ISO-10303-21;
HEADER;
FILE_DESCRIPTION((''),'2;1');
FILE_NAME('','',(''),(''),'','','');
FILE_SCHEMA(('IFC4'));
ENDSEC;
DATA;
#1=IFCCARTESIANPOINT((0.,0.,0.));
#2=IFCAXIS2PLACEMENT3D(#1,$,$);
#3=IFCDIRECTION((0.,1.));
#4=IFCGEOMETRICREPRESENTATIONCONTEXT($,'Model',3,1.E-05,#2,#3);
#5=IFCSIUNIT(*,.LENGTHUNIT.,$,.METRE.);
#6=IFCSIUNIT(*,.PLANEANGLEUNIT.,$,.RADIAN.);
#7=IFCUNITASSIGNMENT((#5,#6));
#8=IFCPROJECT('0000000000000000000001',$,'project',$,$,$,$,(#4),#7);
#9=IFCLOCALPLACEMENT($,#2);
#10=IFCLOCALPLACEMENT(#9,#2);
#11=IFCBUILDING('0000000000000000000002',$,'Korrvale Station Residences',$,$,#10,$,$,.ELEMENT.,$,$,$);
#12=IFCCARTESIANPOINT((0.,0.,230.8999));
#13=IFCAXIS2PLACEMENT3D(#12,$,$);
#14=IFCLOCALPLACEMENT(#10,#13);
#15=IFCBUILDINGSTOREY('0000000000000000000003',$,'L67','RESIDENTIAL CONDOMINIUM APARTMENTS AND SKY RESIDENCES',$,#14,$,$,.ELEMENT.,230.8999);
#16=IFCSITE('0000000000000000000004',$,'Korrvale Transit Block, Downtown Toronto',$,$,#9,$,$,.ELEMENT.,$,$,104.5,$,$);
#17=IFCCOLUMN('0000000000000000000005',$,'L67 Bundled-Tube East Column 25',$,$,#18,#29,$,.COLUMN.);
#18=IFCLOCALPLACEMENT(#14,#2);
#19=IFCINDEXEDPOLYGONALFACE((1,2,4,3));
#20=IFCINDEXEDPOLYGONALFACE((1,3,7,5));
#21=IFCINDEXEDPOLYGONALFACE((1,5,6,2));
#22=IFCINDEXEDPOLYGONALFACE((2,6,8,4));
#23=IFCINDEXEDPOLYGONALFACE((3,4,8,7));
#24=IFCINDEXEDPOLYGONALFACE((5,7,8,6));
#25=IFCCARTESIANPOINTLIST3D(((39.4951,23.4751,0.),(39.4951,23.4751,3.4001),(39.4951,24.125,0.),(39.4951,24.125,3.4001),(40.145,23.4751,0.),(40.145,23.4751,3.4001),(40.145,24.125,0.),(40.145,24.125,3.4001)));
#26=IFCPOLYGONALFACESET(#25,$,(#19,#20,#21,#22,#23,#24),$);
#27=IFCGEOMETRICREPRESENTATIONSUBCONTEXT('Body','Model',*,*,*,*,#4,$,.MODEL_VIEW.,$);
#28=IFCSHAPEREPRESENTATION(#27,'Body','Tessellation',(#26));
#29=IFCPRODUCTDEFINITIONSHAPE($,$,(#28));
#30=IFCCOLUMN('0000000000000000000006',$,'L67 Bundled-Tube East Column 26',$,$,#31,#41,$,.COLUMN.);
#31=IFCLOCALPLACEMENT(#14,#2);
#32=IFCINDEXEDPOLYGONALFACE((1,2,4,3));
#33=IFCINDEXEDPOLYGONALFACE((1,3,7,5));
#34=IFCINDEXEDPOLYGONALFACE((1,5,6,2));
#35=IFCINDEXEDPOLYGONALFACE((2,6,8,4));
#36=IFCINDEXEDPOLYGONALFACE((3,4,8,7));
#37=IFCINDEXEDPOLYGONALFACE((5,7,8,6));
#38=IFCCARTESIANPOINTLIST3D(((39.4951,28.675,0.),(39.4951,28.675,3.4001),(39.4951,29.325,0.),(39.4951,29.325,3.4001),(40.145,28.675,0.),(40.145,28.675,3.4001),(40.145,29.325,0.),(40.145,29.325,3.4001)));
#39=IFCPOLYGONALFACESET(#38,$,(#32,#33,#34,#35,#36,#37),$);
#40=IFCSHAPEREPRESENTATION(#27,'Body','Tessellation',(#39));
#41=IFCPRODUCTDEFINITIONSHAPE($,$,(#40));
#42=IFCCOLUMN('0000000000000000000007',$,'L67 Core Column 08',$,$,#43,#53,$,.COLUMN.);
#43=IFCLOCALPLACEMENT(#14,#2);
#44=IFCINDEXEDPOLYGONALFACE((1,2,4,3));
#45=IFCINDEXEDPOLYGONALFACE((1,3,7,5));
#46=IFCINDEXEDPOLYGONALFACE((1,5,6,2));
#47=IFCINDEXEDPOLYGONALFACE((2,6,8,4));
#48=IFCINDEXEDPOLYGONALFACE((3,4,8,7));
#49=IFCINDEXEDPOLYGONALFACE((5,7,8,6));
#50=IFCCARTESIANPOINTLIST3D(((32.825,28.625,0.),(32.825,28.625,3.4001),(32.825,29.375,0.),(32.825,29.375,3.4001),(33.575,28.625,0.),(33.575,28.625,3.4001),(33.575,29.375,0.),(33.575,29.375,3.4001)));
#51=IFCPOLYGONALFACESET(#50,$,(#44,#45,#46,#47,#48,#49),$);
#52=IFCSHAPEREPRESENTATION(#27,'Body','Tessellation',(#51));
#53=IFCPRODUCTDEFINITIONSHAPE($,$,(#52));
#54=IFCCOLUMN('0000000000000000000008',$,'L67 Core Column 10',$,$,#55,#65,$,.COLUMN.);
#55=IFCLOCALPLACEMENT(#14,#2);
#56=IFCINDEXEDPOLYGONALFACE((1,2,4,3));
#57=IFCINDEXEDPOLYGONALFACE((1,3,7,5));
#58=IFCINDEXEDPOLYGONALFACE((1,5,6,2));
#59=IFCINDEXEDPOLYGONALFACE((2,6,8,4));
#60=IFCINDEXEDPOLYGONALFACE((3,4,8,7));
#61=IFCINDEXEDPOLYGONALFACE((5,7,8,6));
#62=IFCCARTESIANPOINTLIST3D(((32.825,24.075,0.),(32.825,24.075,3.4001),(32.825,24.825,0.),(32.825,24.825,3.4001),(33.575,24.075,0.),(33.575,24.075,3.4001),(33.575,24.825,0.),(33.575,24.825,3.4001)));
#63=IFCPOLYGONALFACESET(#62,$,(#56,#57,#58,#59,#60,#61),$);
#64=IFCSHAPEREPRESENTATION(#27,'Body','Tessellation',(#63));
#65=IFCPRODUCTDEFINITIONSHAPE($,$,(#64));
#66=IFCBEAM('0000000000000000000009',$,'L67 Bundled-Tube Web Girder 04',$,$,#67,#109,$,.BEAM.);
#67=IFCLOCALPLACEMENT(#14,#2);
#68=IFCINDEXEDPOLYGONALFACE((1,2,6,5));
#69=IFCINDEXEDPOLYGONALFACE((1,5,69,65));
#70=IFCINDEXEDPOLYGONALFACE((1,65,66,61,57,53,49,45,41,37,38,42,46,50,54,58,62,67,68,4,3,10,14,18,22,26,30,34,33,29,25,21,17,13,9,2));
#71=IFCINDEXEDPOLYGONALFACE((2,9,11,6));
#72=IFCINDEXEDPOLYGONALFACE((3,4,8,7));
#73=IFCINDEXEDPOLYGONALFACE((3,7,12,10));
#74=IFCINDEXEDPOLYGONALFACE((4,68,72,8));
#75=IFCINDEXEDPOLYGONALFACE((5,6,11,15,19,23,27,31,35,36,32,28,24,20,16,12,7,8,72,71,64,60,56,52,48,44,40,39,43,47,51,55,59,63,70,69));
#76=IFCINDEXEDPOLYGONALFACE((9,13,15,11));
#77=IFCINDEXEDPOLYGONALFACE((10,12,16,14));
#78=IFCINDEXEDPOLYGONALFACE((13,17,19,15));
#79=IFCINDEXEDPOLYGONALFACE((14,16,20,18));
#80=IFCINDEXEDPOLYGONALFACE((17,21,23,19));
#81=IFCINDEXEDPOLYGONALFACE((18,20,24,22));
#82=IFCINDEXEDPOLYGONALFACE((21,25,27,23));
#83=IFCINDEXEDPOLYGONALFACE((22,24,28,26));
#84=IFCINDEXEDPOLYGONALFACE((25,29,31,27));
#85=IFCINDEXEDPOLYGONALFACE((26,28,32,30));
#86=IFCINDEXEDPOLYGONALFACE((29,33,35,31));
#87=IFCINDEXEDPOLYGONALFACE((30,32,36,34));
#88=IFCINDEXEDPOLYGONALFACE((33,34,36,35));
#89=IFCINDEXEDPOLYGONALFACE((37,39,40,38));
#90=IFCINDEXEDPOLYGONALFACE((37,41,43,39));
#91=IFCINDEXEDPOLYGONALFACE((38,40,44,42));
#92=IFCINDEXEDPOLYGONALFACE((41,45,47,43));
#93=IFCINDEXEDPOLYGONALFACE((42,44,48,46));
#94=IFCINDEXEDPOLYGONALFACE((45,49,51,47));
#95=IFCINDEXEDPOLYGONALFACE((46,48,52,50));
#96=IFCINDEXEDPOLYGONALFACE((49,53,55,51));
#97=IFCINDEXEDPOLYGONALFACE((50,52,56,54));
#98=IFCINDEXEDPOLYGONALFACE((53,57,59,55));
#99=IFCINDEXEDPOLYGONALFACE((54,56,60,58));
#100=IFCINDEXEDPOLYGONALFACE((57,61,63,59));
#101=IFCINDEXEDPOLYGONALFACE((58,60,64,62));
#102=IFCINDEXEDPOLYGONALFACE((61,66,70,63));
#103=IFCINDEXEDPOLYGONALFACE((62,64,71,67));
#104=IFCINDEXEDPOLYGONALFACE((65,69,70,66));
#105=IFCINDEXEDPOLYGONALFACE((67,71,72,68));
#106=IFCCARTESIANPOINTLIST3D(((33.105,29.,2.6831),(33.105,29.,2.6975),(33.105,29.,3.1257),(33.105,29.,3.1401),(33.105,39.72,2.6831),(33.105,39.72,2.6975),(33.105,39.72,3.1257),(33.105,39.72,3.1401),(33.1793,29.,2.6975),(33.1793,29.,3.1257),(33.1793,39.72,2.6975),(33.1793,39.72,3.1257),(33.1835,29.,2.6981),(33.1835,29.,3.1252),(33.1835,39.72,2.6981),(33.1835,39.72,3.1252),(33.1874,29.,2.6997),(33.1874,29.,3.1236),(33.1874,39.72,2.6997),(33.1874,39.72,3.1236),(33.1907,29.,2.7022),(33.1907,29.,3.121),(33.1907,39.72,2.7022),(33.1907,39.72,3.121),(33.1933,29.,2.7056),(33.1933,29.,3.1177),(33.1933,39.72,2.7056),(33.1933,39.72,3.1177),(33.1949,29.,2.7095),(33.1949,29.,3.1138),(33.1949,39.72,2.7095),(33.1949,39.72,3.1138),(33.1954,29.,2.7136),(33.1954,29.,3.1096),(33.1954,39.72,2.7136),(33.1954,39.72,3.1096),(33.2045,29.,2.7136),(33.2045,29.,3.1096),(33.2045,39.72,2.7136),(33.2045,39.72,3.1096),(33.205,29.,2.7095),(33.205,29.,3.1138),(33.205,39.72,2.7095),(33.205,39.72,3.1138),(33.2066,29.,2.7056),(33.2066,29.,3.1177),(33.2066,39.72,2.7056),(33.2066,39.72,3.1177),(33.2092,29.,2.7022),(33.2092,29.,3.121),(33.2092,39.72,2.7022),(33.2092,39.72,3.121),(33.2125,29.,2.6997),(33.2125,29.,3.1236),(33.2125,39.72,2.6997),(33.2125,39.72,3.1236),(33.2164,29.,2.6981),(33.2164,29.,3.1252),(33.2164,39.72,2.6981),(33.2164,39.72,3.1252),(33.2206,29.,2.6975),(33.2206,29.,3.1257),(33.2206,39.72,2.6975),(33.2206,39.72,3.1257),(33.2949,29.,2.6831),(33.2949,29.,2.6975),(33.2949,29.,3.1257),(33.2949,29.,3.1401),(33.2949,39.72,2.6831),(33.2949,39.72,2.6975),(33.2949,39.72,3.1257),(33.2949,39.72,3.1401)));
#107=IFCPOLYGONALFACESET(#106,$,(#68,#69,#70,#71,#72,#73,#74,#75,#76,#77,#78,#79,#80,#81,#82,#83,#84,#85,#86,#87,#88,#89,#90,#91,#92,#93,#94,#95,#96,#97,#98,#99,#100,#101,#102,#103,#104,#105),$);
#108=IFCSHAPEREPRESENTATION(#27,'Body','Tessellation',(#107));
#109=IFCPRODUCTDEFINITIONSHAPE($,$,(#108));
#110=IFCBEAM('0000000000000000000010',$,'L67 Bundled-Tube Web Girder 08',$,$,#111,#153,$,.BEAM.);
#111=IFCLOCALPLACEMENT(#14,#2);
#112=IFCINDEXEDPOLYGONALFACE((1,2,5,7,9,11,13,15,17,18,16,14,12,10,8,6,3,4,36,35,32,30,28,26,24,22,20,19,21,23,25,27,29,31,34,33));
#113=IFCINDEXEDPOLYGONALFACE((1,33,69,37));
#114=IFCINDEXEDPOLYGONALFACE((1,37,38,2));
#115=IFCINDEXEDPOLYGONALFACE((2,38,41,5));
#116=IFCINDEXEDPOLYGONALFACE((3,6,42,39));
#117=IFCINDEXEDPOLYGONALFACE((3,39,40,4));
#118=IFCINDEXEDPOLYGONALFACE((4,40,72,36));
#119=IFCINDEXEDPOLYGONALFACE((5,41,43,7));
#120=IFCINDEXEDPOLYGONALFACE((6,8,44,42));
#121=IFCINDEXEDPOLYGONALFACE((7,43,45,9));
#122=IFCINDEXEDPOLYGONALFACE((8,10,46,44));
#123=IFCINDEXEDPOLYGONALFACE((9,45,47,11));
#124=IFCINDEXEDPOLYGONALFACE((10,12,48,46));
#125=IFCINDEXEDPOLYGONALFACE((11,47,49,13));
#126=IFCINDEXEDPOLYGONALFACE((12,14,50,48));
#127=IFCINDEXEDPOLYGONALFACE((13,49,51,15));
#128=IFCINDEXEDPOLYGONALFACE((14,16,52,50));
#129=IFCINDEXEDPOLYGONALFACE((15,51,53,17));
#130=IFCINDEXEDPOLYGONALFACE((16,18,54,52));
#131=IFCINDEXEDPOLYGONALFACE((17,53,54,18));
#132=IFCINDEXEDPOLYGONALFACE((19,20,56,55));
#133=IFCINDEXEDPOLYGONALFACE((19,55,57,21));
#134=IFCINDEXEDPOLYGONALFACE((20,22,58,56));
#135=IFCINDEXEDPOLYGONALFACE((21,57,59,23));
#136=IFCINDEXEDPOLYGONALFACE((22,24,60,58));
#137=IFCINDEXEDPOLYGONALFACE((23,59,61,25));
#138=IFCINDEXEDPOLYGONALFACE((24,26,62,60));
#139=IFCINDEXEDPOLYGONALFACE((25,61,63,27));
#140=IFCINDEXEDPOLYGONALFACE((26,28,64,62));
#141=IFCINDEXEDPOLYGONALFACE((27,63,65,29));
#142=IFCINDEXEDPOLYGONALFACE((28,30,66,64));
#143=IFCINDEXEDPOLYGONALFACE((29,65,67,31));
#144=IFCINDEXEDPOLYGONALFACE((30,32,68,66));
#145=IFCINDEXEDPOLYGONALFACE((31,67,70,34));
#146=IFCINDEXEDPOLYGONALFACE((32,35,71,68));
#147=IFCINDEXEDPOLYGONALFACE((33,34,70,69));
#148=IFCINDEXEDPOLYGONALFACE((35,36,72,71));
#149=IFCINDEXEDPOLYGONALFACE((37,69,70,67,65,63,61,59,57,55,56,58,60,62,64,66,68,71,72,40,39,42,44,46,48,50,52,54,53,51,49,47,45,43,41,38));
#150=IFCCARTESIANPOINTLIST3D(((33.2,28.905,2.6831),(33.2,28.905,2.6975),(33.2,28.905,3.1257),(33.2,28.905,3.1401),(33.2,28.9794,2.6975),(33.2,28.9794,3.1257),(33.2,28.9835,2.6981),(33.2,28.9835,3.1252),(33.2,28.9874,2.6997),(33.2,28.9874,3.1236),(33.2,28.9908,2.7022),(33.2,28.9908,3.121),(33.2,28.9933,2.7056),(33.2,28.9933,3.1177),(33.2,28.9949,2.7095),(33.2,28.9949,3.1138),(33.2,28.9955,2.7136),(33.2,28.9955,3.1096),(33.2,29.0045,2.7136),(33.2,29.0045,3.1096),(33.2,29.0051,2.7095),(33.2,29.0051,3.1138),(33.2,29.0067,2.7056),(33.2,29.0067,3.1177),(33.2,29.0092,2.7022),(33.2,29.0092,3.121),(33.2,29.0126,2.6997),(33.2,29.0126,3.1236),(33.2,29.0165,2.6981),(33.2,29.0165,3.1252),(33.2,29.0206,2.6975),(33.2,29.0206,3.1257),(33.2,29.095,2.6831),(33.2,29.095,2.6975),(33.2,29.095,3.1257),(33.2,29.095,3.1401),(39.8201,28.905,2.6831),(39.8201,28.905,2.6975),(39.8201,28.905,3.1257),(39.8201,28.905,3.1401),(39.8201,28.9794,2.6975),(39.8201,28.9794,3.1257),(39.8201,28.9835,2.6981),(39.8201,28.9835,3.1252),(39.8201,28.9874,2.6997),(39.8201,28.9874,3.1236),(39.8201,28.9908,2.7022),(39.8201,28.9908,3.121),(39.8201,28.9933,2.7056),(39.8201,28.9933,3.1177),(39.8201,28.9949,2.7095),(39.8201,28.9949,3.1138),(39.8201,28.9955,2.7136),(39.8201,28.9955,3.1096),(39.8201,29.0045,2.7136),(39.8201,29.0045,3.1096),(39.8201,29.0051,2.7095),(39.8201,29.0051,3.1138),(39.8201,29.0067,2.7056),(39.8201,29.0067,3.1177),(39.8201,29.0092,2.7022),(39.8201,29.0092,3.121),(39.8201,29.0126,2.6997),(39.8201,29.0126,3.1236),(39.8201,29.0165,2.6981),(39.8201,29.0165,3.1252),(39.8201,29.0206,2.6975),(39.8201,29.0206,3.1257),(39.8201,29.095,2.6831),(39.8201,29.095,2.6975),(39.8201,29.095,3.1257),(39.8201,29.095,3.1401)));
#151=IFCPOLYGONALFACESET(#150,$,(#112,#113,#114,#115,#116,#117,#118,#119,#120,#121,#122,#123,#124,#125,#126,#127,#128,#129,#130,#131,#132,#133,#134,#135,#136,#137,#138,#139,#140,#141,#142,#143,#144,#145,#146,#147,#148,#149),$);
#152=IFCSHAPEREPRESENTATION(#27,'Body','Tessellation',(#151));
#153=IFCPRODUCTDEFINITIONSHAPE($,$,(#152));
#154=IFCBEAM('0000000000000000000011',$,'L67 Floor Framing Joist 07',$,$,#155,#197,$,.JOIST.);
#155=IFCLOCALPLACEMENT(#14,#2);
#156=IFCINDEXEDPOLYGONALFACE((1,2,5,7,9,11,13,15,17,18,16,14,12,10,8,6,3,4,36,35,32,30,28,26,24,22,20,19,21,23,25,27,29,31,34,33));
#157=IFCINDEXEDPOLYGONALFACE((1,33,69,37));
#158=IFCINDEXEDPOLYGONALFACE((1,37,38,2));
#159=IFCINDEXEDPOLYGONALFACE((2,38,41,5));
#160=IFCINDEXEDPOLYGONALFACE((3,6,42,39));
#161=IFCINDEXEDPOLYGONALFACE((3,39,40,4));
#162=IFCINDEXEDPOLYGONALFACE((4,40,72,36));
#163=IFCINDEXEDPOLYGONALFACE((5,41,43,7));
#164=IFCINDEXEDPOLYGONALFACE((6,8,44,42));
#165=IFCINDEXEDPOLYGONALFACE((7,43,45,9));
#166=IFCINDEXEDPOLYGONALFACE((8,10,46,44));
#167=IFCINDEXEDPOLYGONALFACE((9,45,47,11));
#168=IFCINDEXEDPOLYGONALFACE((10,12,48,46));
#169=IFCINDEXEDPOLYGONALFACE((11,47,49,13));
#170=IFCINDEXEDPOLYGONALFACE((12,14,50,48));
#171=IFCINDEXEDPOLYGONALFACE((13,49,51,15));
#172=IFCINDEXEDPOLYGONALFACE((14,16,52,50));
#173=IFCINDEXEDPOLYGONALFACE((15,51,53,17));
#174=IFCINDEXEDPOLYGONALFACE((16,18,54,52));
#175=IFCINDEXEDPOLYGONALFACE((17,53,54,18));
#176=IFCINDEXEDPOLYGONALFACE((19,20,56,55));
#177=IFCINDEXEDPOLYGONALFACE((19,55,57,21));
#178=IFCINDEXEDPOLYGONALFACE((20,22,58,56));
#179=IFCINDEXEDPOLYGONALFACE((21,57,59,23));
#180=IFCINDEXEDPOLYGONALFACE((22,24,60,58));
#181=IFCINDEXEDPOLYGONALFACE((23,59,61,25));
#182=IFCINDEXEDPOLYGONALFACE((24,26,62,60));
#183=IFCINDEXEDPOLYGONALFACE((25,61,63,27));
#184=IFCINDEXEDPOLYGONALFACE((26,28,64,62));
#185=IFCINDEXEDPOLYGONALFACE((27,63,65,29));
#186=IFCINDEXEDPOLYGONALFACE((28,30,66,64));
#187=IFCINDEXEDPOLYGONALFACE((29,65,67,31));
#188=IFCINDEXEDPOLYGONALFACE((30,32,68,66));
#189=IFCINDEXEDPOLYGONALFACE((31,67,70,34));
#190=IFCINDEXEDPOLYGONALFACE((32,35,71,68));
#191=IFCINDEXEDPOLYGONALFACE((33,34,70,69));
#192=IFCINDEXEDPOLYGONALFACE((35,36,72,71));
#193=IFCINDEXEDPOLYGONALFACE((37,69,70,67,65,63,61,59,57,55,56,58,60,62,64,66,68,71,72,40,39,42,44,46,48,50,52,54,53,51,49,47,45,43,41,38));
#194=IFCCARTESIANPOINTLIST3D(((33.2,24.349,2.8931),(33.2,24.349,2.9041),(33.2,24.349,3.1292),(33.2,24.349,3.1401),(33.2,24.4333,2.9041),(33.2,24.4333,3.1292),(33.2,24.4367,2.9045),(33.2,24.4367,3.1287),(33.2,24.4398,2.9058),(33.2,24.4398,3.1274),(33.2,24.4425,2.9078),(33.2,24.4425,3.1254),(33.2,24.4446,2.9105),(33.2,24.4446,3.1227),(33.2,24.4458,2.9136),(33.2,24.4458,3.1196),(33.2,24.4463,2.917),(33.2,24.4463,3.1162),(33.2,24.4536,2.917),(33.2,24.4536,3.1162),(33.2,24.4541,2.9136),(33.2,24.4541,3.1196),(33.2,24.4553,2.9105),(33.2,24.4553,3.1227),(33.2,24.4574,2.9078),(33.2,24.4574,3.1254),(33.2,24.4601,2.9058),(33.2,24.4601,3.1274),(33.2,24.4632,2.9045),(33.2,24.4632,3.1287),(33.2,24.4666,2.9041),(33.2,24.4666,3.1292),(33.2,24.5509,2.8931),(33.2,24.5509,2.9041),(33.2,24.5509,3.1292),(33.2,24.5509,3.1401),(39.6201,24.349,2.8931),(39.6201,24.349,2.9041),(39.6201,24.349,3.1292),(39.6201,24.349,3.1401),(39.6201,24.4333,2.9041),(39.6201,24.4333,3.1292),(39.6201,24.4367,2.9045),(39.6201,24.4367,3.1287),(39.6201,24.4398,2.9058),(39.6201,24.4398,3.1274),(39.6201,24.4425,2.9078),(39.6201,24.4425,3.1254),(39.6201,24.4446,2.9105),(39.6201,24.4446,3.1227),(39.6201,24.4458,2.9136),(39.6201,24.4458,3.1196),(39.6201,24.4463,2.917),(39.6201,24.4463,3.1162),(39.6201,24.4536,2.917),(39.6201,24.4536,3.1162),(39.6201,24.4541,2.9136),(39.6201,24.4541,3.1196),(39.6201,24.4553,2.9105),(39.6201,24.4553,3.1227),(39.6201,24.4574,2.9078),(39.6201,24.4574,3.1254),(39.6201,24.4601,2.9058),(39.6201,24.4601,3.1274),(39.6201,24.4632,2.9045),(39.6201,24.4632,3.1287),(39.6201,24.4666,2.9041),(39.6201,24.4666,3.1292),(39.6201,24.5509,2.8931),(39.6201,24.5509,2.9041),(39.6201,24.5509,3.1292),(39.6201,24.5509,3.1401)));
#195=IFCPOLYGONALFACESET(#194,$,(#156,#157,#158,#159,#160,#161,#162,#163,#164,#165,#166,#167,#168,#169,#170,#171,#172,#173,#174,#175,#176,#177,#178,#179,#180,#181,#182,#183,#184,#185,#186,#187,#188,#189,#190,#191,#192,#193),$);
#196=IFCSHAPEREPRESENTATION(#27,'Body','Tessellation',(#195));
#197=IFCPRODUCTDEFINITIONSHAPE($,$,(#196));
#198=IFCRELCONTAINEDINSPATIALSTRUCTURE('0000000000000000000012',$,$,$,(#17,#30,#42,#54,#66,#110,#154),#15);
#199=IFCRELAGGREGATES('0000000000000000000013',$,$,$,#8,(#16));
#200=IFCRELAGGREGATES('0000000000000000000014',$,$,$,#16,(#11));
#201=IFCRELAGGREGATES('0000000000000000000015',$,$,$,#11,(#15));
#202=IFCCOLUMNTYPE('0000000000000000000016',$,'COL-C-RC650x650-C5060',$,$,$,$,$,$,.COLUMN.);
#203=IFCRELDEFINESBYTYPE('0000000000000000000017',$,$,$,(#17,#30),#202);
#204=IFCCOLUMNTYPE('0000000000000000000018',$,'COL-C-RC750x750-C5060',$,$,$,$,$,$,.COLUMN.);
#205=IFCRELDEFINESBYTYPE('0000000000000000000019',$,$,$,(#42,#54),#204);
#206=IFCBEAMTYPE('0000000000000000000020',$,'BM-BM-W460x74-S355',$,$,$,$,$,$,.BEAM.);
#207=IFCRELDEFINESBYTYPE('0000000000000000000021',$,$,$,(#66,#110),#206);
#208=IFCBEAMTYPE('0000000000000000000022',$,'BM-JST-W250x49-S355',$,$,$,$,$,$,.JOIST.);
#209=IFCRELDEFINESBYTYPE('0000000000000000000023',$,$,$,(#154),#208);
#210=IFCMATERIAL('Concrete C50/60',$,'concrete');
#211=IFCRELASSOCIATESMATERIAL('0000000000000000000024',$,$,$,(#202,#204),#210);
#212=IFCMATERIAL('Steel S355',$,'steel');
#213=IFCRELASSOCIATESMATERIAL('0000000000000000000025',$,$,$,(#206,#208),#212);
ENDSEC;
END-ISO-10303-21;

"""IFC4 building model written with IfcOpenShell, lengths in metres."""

from ifc_helpers import new_model, si_unit, direction, frame, origin, origin_2d, place, context, subcontext, project, spatial, rectangle, i_section, extrude, material, material_profile, profile_set, type_object, element, save


model = new_model("IFC4")

# Units and contexts
model_context = context("Model", 3, precision=1e-05, world=origin(), true_north=direction((0.0, 1.0)))
body_context = subcontext(model_context, "Body", "Model", "MODEL_VIEW")
ifc_project = project(units=[si_unit("LENGTHUNIT", "METRE"), si_unit("PLANEANGLEUNIT", "RADIAN")], contexts=[model_context])

# Site, building, storey
site_placement = place(None, origin())
site = spatial("IfcSite", under=ifc_project, at=site_placement, Name="Korrvale Transit Block, Downtown Toronto", CompositionType="ELEMENT", RefElevation=104.5)
building_placement = place(site_placement, origin())
building = spatial("IfcBuilding", under=site, at=building_placement, Name="Korrvale Station Residences", CompositionType="ELEMENT")
storey_placement = place(building_placement, frame((0.0, 0.0, 230.8999)))
storey = spatial("IfcBuildingStorey", under=building, at=storey_placement, Name="L67", Description="RESIDENTIAL CONDOMINIUM APARTMENTS AND SKY RESIDENCES", CompositionType="ELEMENT", Elevation=230.8999)

# Columns
ifc_material_1 = material(Name="Concrete C50/60", Category="concrete")
ifc_material_profile_1 = material_profile(ifc_material_1, rectangle(XDim=0.6499, YDim=0.6499, at=origin_2d()), Name="RC650x650")
ifc_profile_set_1 = profile_set([ifc_material_profile_1], Name="Concrete C50/60")
column_type_1 = type_object("IfcColumnType", Name="COL-C-RC650x650-C5060", PredefinedType="COLUMN", material=ifc_profile_set_1)
for number, where, z_axis, x_axis, name in (
    (1, (39.8201, 23.8, 0.0), (0.0, 0.0, 1.0), (1.0, 0.0, 0.0), "L67 Bundled-Tube East Column 25"),
    (2, (39.8201, 29.0, 0.0), (0.0, 0.0, 1.0), (1.0, 0.0, 0.0), "L67 Bundled-Tube East Column 26"),
):
    element("IfcColumn", number, at=place(storey_placement, frame(where, z_axis=z_axis, x_axis=x_axis)), inside=storey, type_object=column_type_1, Name=name, PredefinedType="COLUMN", context=body_context, shape_type="SweptSolid", body=[
        extrude(rectangle(XDim=0.6499, YDim=0.6499, at=origin_2d()), origin(), (0.0, 0.0, 1.0), 3.4001),
    ])
ifc_material_profile_2 = material_profile(ifc_material_1, rectangle(XDim=0.75, YDim=0.75, at=origin_2d()), Name="RC750x750")
ifc_profile_set_2 = profile_set([ifc_material_profile_2], Name="Concrete C50/60")
column_type_2 = type_object("IfcColumnType", Name="COL-C-RC750x750-C5060", PredefinedType="COLUMN", material=ifc_profile_set_2)
for number, where, z_axis, x_axis, name in (
    (3, (33.2, 29.0, 0.0), (0.0, 0.0, 1.0), (1.0, 0.0, 0.0), "L67 Core Column 08"),
    (4, (33.2, 24.45, 0.0), (0.0, 0.0, 1.0), (1.0, 0.0, 0.0), "L67 Core Column 10"),
):
    element("IfcColumn", number, at=place(storey_placement, frame(where, z_axis=z_axis, x_axis=x_axis)), inside=storey, type_object=column_type_2, Name=name, PredefinedType="COLUMN", context=body_context, shape_type="SweptSolid", body=[
        extrude(rectangle(XDim=0.75, YDim=0.75, at=origin_2d()), origin(), (0.0, 0.0, 1.0), 3.4001),
    ])

# Beams
ifc_material_2 = material(Name="Steel S355", Category="steel")
ifc_material_profile_3 = material_profile(ifc_material_2, i_section(OverallWidth=0.1899, OverallDepth=0.457, WebThickness=0.009, FlangeThickness=0.0144, FilletRadius=0.0161, at=origin_2d()), Name="W460x74")
ifc_profile_set_3 = profile_set([ifc_material_profile_3], Name="Steel S355")
beam_type_1 = type_object("IfcBeamType", Name="BM-BM-W460x74-S355", PredefinedType="BEAM", material=ifc_profile_set_3)
beam_1_placement = place(storey_placement, frame((33.2, 29.0, 2.9116), z_axis=(0.0, 1.0, 0.0), x_axis=(-1.0, 0.0, 0.0)))
element("IfcBeam", 5, at=beam_1_placement, inside=storey, type_object=beam_type_1, Name="L67 Bundled-Tube Web Girder 04", PredefinedType="BEAM", context=body_context, shape_type="SweptSolid", body=[
    extrude(i_section(OverallWidth=0.1899, OverallDepth=0.457, WebThickness=0.009, FlangeThickness=0.0144, FilletRadius=0.0161, at=origin_2d()), origin(), (0.0, 0.0, 1.0), 10.72),
])
beam_2_placement = place(storey_placement, frame((33.2, 29.0, 2.9116), z_axis=(1.0, 0.0, 0.0), x_axis=(0.0, 1.0, 0.0)))
element("IfcBeam", 6, at=beam_2_placement, inside=storey, type_object=beam_type_1, Name="L67 Bundled-Tube Web Girder 08", PredefinedType="BEAM", context=body_context, shape_type="SweptSolid", body=[
    extrude(i_section(OverallWidth=0.1899, OverallDepth=0.457, WebThickness=0.009, FlangeThickness=0.0144, FilletRadius=0.0161, at=origin_2d()), origin(), (0.0, 0.0, 1.0), 6.6201),
])
ifc_material_profile_4 = material_profile(ifc_material_2, i_section(OverallWidth=0.2019, OverallDepth=0.2471, WebThickness=0.0073, FlangeThickness=0.011, FilletRadius=0.0129, at=origin_2d()), Name="W250x49")
ifc_profile_set_4 = profile_set([ifc_material_profile_4], Name="Steel S355")
beam_type_2 = type_object("IfcBeamType", Name="BM-JST-W250x49-S355", PredefinedType="JOIST", material=ifc_profile_set_4)
beam_3_placement = place(storey_placement, frame((33.2, 24.45, 3.0166), z_axis=(1.0, 0.0, 0.0), x_axis=(0.0, 1.0, 0.0)))
element("IfcBeam", 7, at=beam_3_placement, inside=storey, type_object=beam_type_2, Name="L67 Floor Framing Joist 07", PredefinedType="JOIST", context=body_context, shape_type="SweptSolid", body=[
    extrude(i_section(OverallWidth=0.2019, OverallDepth=0.2471, WebThickness=0.0073, FlangeThickness=0.011, FilletRadius=0.0129, at=origin_2d()), origin(), (0.0, 0.0, 1.0), 6.4202),
])

save(model, "model.ifc")
